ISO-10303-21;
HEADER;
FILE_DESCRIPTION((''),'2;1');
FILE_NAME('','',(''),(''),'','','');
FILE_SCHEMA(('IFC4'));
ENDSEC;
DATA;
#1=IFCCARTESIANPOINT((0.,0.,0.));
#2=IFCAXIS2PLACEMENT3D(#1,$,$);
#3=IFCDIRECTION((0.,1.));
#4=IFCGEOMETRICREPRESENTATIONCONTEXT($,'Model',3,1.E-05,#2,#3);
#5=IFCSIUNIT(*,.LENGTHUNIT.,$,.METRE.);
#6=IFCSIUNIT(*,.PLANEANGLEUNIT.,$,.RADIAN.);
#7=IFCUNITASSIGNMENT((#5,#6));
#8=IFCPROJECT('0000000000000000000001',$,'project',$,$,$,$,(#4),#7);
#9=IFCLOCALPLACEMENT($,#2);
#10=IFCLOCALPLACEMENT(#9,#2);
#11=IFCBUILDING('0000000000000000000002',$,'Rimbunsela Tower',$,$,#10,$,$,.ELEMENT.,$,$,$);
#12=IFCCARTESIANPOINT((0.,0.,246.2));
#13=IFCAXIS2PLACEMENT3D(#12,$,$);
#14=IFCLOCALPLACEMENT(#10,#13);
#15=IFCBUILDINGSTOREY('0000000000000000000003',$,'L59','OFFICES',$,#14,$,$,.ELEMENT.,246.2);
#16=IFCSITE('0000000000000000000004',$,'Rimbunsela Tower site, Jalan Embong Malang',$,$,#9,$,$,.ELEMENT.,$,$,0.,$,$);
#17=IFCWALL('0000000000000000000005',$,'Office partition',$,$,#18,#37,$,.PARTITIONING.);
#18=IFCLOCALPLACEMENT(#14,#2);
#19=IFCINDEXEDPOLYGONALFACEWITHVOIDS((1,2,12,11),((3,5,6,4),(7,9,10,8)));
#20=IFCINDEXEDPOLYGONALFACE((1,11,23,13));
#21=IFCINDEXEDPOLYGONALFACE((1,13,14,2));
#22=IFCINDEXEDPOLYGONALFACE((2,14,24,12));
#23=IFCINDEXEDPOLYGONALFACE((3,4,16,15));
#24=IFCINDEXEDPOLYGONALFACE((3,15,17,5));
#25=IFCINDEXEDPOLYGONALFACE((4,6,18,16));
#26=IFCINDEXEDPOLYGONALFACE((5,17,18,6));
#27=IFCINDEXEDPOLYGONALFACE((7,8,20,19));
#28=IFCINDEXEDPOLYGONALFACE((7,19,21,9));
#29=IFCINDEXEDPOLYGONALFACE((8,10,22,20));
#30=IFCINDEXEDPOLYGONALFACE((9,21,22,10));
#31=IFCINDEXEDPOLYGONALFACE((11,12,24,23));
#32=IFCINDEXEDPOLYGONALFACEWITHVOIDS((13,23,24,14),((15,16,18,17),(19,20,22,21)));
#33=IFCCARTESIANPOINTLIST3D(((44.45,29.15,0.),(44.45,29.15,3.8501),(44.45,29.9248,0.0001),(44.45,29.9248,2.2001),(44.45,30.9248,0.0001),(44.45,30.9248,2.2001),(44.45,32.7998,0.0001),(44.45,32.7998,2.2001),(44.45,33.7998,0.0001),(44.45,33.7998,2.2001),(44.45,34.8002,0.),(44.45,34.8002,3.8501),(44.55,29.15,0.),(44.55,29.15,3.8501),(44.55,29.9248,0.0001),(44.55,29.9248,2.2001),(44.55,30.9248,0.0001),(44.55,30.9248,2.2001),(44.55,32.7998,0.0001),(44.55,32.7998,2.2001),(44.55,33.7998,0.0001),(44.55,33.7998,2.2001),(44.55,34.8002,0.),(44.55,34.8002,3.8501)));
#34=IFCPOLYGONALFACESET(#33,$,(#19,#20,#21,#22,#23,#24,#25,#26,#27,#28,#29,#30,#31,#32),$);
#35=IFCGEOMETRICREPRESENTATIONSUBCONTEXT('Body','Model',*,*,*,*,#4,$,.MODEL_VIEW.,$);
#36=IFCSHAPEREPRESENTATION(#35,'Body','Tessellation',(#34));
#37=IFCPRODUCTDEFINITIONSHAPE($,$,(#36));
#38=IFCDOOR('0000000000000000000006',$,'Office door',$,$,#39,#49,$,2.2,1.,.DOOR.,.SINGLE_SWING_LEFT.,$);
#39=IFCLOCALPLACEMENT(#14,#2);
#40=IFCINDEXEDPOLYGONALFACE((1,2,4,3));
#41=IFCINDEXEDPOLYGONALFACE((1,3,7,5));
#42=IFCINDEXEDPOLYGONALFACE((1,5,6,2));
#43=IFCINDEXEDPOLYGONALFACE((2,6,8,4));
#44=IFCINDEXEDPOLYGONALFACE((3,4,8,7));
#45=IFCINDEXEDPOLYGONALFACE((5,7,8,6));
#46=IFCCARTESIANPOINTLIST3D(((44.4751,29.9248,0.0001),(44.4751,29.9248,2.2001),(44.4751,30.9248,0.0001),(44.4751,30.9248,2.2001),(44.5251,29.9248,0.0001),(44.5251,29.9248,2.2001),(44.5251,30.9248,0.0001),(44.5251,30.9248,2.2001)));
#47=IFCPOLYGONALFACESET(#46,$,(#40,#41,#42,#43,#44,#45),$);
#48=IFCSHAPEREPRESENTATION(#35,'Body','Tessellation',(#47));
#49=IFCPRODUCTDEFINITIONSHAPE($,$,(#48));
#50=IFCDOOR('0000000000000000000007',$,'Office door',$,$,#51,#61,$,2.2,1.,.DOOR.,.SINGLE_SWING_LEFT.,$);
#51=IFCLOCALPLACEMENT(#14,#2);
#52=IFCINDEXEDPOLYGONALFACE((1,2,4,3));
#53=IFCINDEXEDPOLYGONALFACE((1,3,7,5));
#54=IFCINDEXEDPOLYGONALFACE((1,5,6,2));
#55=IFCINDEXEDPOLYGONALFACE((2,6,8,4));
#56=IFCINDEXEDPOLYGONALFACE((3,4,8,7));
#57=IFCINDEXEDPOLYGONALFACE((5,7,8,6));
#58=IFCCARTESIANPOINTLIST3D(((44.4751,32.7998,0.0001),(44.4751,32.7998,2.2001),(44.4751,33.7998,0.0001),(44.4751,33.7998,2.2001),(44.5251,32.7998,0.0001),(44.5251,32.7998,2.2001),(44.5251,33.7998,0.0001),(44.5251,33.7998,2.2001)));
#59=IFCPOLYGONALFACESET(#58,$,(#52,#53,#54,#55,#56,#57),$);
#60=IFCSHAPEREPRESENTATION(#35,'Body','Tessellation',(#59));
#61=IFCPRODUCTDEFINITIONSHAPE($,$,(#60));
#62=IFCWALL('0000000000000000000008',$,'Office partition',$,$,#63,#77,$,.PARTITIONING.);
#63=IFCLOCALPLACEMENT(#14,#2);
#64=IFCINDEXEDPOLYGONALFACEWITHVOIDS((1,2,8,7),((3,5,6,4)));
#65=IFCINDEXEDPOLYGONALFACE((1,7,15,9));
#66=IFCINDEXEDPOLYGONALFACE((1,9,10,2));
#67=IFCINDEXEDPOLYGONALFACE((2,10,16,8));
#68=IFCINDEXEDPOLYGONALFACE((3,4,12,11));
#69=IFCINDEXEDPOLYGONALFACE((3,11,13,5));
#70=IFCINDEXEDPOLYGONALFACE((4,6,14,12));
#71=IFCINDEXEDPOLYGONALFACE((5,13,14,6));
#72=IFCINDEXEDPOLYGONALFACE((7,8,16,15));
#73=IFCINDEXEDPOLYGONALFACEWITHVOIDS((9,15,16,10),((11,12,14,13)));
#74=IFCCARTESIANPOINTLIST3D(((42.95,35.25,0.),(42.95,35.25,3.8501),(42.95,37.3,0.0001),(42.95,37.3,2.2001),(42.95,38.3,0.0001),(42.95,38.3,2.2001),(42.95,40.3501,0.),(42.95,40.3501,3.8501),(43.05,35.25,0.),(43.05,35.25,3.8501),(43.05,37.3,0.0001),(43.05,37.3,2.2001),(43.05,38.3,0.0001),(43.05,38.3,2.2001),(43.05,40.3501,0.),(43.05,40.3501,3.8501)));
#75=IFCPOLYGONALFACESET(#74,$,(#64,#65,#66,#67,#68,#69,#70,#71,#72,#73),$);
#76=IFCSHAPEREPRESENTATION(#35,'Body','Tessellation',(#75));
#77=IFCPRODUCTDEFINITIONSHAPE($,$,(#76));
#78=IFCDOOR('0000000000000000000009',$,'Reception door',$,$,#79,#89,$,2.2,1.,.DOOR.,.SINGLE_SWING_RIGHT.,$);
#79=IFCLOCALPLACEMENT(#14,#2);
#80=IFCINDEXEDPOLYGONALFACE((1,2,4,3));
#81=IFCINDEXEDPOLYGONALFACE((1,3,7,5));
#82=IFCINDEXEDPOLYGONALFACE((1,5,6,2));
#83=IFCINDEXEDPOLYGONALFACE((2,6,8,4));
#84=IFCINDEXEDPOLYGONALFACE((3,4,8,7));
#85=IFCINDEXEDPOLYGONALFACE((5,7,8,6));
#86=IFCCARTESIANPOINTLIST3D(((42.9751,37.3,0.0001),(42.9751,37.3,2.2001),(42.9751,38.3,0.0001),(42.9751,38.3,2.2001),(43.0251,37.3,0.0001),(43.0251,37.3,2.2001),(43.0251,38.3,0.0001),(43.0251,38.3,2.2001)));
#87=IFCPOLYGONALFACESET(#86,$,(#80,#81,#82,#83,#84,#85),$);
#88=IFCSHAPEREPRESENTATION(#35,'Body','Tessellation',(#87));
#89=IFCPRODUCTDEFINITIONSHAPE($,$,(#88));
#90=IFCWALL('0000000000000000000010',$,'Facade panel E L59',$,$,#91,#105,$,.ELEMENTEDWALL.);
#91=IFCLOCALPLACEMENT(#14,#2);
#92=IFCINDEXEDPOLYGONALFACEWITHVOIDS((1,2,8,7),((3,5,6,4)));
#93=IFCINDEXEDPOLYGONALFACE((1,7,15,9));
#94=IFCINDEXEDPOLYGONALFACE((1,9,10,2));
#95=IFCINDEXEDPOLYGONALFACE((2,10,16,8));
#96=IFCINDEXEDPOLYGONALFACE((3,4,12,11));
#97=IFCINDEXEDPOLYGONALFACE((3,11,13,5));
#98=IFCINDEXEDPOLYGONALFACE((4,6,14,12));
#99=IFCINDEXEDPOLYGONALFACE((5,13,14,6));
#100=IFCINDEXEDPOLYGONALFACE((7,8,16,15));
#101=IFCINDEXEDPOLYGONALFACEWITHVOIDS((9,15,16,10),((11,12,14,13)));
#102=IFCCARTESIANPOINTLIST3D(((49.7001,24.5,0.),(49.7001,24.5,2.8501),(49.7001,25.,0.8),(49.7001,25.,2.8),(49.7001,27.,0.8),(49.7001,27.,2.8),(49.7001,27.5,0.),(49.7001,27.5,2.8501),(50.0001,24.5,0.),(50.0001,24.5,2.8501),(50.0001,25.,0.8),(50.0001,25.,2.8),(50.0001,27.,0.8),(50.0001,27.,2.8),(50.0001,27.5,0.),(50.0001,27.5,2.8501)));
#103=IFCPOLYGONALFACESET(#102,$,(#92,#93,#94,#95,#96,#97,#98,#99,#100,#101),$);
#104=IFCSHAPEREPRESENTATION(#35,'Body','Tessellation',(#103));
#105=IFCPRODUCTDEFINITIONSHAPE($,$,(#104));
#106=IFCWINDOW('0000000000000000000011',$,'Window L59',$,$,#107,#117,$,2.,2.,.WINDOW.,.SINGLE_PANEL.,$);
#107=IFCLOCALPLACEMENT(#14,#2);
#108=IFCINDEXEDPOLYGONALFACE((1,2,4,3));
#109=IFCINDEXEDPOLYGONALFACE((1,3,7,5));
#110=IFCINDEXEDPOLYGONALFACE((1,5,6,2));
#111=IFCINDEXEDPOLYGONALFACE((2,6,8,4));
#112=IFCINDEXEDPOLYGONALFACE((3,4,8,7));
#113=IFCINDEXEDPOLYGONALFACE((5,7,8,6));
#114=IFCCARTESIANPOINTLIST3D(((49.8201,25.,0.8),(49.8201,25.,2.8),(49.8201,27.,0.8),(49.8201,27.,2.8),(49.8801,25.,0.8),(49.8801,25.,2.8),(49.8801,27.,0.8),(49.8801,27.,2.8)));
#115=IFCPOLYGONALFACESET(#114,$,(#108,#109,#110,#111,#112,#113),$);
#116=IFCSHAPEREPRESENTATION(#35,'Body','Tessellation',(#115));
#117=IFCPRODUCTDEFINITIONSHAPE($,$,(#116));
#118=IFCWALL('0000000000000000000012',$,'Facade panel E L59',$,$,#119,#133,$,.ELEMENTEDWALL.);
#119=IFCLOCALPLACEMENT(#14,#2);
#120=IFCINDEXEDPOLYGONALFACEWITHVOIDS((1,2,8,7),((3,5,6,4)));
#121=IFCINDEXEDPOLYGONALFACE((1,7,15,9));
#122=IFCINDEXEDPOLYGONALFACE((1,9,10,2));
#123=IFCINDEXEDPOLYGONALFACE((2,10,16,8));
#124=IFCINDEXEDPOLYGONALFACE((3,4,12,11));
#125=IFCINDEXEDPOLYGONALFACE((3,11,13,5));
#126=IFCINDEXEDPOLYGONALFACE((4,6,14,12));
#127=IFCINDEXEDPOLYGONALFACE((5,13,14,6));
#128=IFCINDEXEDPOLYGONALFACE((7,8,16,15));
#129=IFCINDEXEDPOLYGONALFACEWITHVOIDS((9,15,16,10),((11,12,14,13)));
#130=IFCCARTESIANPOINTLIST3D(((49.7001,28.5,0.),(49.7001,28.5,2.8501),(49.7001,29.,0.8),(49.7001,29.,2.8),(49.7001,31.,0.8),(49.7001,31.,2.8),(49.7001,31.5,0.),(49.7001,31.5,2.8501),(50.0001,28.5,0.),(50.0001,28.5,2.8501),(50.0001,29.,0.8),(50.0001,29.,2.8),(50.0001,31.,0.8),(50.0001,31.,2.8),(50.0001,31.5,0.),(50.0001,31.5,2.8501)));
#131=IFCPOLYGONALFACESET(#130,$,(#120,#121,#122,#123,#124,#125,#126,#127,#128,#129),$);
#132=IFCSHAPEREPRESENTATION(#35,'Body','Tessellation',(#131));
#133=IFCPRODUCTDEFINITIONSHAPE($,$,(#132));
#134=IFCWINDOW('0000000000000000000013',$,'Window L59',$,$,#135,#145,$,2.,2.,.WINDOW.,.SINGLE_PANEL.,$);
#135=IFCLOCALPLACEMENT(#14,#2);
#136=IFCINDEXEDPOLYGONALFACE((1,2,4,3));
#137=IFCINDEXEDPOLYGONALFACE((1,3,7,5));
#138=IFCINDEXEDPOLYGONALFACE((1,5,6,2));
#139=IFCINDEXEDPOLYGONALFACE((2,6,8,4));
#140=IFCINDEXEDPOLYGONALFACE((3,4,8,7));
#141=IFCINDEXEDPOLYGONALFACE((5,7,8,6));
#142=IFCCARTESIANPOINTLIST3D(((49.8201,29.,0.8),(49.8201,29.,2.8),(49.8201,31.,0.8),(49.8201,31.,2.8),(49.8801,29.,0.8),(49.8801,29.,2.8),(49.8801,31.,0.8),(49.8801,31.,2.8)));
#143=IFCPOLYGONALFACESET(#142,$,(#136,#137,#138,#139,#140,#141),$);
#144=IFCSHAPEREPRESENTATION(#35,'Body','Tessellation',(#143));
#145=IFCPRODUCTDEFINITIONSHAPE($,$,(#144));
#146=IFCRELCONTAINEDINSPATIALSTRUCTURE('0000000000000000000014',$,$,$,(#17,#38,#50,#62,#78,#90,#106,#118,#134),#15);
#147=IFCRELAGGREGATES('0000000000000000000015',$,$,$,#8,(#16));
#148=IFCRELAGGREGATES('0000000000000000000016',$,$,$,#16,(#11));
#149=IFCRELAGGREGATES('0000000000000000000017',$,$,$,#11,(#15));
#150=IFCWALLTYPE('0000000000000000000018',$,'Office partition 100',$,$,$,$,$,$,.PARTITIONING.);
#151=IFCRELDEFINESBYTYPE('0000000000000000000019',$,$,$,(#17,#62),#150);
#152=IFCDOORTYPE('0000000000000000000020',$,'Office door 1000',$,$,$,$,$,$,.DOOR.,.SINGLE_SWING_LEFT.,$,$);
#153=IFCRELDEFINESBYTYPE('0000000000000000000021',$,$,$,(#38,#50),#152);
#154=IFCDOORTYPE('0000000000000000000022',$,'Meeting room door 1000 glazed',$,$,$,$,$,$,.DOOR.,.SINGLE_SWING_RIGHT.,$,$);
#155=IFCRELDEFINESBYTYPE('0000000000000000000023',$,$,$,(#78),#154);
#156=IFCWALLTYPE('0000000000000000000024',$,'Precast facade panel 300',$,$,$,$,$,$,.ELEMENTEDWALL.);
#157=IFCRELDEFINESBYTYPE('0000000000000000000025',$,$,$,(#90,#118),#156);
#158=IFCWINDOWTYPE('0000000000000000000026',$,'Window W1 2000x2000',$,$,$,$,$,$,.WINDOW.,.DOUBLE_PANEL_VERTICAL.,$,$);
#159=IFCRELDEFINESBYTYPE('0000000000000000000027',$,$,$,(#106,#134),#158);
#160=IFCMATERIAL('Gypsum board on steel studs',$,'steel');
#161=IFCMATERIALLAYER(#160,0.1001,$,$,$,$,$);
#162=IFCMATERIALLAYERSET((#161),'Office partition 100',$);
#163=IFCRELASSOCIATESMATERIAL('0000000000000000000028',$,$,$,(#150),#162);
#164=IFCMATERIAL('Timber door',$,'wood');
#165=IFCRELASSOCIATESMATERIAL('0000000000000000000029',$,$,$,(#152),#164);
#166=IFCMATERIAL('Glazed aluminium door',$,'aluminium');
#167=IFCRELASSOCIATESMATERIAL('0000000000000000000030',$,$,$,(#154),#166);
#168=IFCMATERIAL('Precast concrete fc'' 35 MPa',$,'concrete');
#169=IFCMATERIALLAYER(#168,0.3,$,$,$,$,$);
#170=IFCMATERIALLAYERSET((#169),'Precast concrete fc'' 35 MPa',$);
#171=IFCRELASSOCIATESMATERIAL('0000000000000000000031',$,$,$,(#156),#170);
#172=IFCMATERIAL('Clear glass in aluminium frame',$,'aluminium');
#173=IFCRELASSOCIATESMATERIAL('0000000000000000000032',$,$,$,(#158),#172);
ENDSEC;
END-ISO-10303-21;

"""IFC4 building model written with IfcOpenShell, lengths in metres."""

from ifc_helpers import new_model, si_unit, direction, frame, frame_2d, origin, place, context, subcontext, project, spatial, rectangle, extrude, material, layer, layer_set, type_object, element, fill, save


model = new_model("IFC4")

# Units and contexts
model_context = context("Model", 3, precision=1e-05, world=origin(), true_north=direction((0.0, 1.0)))
body_context = subcontext(model_context, "Body", "Model", "MODEL_VIEW")
ifc_project = project(units=[si_unit("LENGTHUNIT", "METRE"), si_unit("PLANEANGLEUNIT", "RADIAN")], contexts=[model_context])

# Site, building, storey
site_placement = place(None, origin())
site = spatial("IfcSite", under=ifc_project, at=site_placement, Name="Rimbunsela Tower site, Jalan Embong Malang", CompositionType="ELEMENT", RefElevation=0.0)
building_placement = place(site_placement, origin())
building = spatial("IfcBuilding", under=site, at=building_placement, Name="Rimbunsela Tower", CompositionType="ELEMENT")
storey_placement = place(building_placement, frame((0.0, 0.0, 246.2)))
storey = spatial("IfcBuildingStorey", under=building, at=storey_placement, Name="L59", Description="OFFICES", CompositionType="ELEMENT", Elevation=246.2)

# Wall, openings, doors
ifc_material_1 = material(Name="Gypsum board on steel studs", Category="steel")
ifc_layer_1 = layer(ifc_material_1, 0.1001)
ifc_layer_set_1 = layer_set([ifc_layer_1], Name="Office partition 100")
wall_type_1 = type_object("IfcWallType", Name="Office partition 100", PredefinedType="PARTITIONING", material=ifc_layer_set_1)
wall_1_placement = place(storey_placement, frame((44.5, 29.1499, 0.0), z_axis=(0.0, 0.0, 1.0), x_axis=(0.0, 1.0, 0.0)))
wall_1 = element("IfcWall", 1, at=wall_1_placement, inside=storey, type_object=wall_type_1, Name="Office partition", PredefinedType="PARTITIONING", context=body_context, shape_type="SweptSolid", body=[
    extrude(rectangle(XDim=5.6501, YDim=0.1001, at=frame_2d((2.8252, 0.0))), origin(), (0.0, 0.0, 1.0), 3.8501),
])
opening_1_placement = place(wall_1_placement, frame((0.7749, 0.0, 0.0)))
opening_1 = element("IfcOpeningElement", 2, at=opening_1_placement, cuts=wall_1, PredefinedType="OPENING", context=body_context, shape_type="SweptSolid", body=[
    extrude(rectangle(XDim=1.0, YDim=2.2, at=frame_2d((0.5, 1.1001))), frame((0.0, 0.0601, 0.0), z_axis=(0.0, -1.0, 0.0), x_axis=(1.0, 0.0, 0.0)), (0.0, 0.0, 1.0), 0.1201),
])
opening_2_placement = place(wall_1_placement, frame((3.6499, 0.0, 0.0)))
opening_2 = element("IfcOpeningElement", 3, at=opening_2_placement, cuts=wall_1, PredefinedType="OPENING", context=body_context, shape_type="SweptSolid", body=[
    extrude(rectangle(XDim=1.0, YDim=2.2, at=frame_2d((0.5, 1.1001))), frame((0.0, 0.0601, 0.0), z_axis=(0.0, -1.0, 0.0), x_axis=(1.0, 0.0, 0.0)), (0.0, 0.0, 1.0), 0.1201),
])
ifc_material_2 = material(Name="Timber door", Category="wood")
door_type_1 = type_object("IfcDoorType", Name="Office door 1000", OperationType="SINGLE_SWING_LEFT", PredefinedType="DOOR", material=ifc_material_2)
door_1_placement = place(opening_1_placement, origin())
door_1 = element("IfcDoor", 4, at=door_1_placement, inside=storey, type_object=door_type_1, Name="Office door", OperationType="SINGLE_SWING_LEFT", OverallHeight=2.2, OverallWidth=1.0, PredefinedType="DOOR", context=body_context, shape_type="SweptSolid", body=[
    extrude(rectangle(XDim=1.0, YDim=2.2, at=frame_2d((0.5, 1.1001))), frame((0.0, 0.0249, 0.0), z_axis=(0.0, -1.0, 0.0), x_axis=(1.0, 0.0, 0.0)), (0.0, 0.0, 1.0), 0.05),
])
fill(opening_1, door_1)
door_2_placement = place(opening_2_placement, origin())
door_2 = element("IfcDoor", 5, at=door_2_placement, inside=storey, type_object=door_type_1, Name="Office door", OperationType="SINGLE_SWING_LEFT", OverallHeight=2.2, OverallWidth=1.0, PredefinedType="DOOR", context=body_context, shape_type="SweptSolid", body=[
    extrude(rectangle(XDim=1.0, YDim=2.2, at=frame_2d((0.5, 1.1001))), frame((0.0, 0.0249, 0.0), z_axis=(0.0, -1.0, 0.0), x_axis=(1.0, 0.0, 0.0)), (0.0, 0.0, 1.0), 0.05),
])
fill(opening_2, door_2)

# Wall, opening, door
wall_2_placement = place(storey_placement, frame((43.0, 35.25, 0.0), z_axis=(0.0, 0.0, 1.0), x_axis=(0.0, 1.0, 0.0)))
wall_2 = element("IfcWall", 6, at=wall_2_placement, inside=storey, type_object=wall_type_1, Name="Office partition", PredefinedType="PARTITIONING", context=body_context, shape_type="SweptSolid", body=[
    extrude(rectangle(XDim=5.1001, YDim=0.1001, at=frame_2d((2.55, 0.0))), origin(), (0.0, 0.0, 1.0), 3.8501),
])
opening_3_placement = place(wall_2_placement, frame((2.05, 0.0, 0.0)))
opening_3 = element("IfcOpeningElement", 7, at=opening_3_placement, cuts=wall_2, PredefinedType="OPENING", context=body_context, shape_type="SweptSolid", body=[
    extrude(rectangle(XDim=1.0, YDim=2.2, at=frame_2d((0.5, 1.1001))), frame((0.0, 0.0601, 0.0), z_axis=(0.0, -1.0, 0.0), x_axis=(1.0, 0.0, 0.0)), (0.0, 0.0, 1.0), 0.1201),
])
ifc_material_3 = material(Name="Glazed aluminium door", Category="aluminium")
door_type_2 = type_object("IfcDoorType", Name="Meeting room door 1000 glazed", OperationType="SINGLE_SWING_RIGHT", PredefinedType="DOOR", material=ifc_material_3)
door_3_placement = place(opening_3_placement, origin())
door_3 = element("IfcDoor", 8, at=door_3_placement, inside=storey, type_object=door_type_2, Name="Reception door", OperationType="SINGLE_SWING_RIGHT", OverallHeight=2.2, OverallWidth=1.0, PredefinedType="DOOR", context=body_context, shape_type="SweptSolid", body=[
    extrude(rectangle(XDim=1.0, YDim=2.2, at=frame_2d((0.5, 1.1001))), frame((0.0, 0.0249, 0.0), z_axis=(0.0, -1.0, 0.0), x_axis=(1.0, 0.0, 0.0)), (0.0, 0.0, 1.0), 0.05),
])
fill(opening_3, door_3)

# Walls, openings, windows
ifc_material_4 = material(Name="Precast concrete fc' 35 MPa", Category="concrete")
ifc_layer_2 = layer(ifc_material_4, 0.3)
ifc_layer_set_2 = layer_set([ifc_layer_2], Name="Precast concrete fc' 35 MPa")
wall_type_2 = type_object("IfcWallType", Name="Precast facade panel 300", PredefinedType="ELEMENTEDWALL", material=ifc_layer_set_2)
wall_3_placement = place(storey_placement, frame((49.8501, 24.5, 0.0), z_axis=(0.0, 0.0, 1.0), x_axis=(0.0, 1.0, 0.0)))
wall_3 = element("IfcWall", 9, at=wall_3_placement, inside=storey, type_object=wall_type_2, Name="Facade panel E L59", PredefinedType="ELEMENTEDWALL", context=body_context, shape_type="SweptSolid", body=[
    extrude(rectangle(XDim=3.0, YDim=0.3, at=frame_2d((1.5, 0.0))), origin(), (0.0, 0.0, 1.0), 2.8501),
])
opening_4_placement = place(wall_3_placement, frame((0.5, 0.0, 0.8)))
opening_4 = element("IfcOpeningElement", 10, at=opening_4_placement, cuts=wall_3, PredefinedType="OPENING", context=body_context, shape_type="SweptSolid", body=[
    extrude(rectangle(XDim=2.0, YDim=2.0, at=frame_2d((1.0, 1.0))), frame((0.0, 0.1599, 0.0), z_axis=(0.0, -1.0, 0.0), x_axis=(1.0, 0.0, 0.0)), (0.0, 0.0, 1.0), 0.3201),
])
ifc_material_5 = material(Name="Clear glass in aluminium frame", Category="aluminium")
window_type = type_object("IfcWindowType", Name="Window W1 2000x2000", PartitioningType="DOUBLE_PANEL_VERTICAL", PredefinedType="WINDOW", material=ifc_material_5)
window_1_placement = place(opening_4_placement, origin())
window_1 = element("IfcWindow", 11, at=window_1_placement, inside=storey, type_object=window_type, Name="Window L59", OverallHeight=2.0, OverallWidth=2.0, PartitioningType="SINGLE_PANEL", PredefinedType="WINDOW", context=body_context, shape_type="SweptSolid", body=[
    extrude(rectangle(XDim=2.0, YDim=2.0, at=frame_2d((1.0, 1.0))), frame((0.0, 0.03, 0.0), z_axis=(0.0, -1.0, 0.0), x_axis=(1.0, 0.0, 0.0)), (0.0, 0.0, 1.0), 0.0601),
])
fill(opening_4, window_1)
wall_4_placement = place(storey_placement, frame((49.8501, 28.5, 0.0), z_axis=(0.0, 0.0, 1.0), x_axis=(0.0, 1.0, 0.0)))
wall_4 = element("IfcWall", 12, at=wall_4_placement, inside=storey, type_object=wall_type_2, Name="Facade panel E L59", PredefinedType="ELEMENTEDWALL", context=body_context, shape_type="SweptSolid", body=[
    extrude(rectangle(XDim=3.0, YDim=0.3, at=frame_2d((1.5, 0.0))), origin(), (0.0, 0.0, 1.0), 2.8501),
])
opening_5_placement = place(wall_4_placement, frame((0.5, 0.0, 0.8)))
opening_5 = element("IfcOpeningElement", 13, at=opening_5_placement, cuts=wall_4, PredefinedType="OPENING", context=body_context, shape_type="SweptSolid", body=[
    extrude(rectangle(XDim=2.0, YDim=2.0, at=frame_2d((1.0, 1.0))), frame((0.0, 0.1599, 0.0), z_axis=(0.0, -1.0, 0.0), x_axis=(1.0, 0.0, 0.0)), (0.0, 0.0, 1.0), 0.3201),
])
window_2_placement = place(opening_5_placement, origin())
window_2 = element("IfcWindow", 14, at=window_2_placement, inside=storey, type_object=window_type, Name="Window L59", OverallHeight=2.0, OverallWidth=2.0, PartitioningType="SINGLE_PANEL", PredefinedType="WINDOW", context=body_context, shape_type="SweptSolid", body=[
    extrude(rectangle(XDim=2.0, YDim=2.0, at=frame_2d((1.0, 1.0))), frame((0.0, 0.03, 0.0), z_axis=(0.0, -1.0, 0.0), x_axis=(1.0, 0.0, 0.0)), (0.0, 0.0, 1.0), 0.0601),
])
fill(opening_5, window_2)

save(model, "model.ifc")
